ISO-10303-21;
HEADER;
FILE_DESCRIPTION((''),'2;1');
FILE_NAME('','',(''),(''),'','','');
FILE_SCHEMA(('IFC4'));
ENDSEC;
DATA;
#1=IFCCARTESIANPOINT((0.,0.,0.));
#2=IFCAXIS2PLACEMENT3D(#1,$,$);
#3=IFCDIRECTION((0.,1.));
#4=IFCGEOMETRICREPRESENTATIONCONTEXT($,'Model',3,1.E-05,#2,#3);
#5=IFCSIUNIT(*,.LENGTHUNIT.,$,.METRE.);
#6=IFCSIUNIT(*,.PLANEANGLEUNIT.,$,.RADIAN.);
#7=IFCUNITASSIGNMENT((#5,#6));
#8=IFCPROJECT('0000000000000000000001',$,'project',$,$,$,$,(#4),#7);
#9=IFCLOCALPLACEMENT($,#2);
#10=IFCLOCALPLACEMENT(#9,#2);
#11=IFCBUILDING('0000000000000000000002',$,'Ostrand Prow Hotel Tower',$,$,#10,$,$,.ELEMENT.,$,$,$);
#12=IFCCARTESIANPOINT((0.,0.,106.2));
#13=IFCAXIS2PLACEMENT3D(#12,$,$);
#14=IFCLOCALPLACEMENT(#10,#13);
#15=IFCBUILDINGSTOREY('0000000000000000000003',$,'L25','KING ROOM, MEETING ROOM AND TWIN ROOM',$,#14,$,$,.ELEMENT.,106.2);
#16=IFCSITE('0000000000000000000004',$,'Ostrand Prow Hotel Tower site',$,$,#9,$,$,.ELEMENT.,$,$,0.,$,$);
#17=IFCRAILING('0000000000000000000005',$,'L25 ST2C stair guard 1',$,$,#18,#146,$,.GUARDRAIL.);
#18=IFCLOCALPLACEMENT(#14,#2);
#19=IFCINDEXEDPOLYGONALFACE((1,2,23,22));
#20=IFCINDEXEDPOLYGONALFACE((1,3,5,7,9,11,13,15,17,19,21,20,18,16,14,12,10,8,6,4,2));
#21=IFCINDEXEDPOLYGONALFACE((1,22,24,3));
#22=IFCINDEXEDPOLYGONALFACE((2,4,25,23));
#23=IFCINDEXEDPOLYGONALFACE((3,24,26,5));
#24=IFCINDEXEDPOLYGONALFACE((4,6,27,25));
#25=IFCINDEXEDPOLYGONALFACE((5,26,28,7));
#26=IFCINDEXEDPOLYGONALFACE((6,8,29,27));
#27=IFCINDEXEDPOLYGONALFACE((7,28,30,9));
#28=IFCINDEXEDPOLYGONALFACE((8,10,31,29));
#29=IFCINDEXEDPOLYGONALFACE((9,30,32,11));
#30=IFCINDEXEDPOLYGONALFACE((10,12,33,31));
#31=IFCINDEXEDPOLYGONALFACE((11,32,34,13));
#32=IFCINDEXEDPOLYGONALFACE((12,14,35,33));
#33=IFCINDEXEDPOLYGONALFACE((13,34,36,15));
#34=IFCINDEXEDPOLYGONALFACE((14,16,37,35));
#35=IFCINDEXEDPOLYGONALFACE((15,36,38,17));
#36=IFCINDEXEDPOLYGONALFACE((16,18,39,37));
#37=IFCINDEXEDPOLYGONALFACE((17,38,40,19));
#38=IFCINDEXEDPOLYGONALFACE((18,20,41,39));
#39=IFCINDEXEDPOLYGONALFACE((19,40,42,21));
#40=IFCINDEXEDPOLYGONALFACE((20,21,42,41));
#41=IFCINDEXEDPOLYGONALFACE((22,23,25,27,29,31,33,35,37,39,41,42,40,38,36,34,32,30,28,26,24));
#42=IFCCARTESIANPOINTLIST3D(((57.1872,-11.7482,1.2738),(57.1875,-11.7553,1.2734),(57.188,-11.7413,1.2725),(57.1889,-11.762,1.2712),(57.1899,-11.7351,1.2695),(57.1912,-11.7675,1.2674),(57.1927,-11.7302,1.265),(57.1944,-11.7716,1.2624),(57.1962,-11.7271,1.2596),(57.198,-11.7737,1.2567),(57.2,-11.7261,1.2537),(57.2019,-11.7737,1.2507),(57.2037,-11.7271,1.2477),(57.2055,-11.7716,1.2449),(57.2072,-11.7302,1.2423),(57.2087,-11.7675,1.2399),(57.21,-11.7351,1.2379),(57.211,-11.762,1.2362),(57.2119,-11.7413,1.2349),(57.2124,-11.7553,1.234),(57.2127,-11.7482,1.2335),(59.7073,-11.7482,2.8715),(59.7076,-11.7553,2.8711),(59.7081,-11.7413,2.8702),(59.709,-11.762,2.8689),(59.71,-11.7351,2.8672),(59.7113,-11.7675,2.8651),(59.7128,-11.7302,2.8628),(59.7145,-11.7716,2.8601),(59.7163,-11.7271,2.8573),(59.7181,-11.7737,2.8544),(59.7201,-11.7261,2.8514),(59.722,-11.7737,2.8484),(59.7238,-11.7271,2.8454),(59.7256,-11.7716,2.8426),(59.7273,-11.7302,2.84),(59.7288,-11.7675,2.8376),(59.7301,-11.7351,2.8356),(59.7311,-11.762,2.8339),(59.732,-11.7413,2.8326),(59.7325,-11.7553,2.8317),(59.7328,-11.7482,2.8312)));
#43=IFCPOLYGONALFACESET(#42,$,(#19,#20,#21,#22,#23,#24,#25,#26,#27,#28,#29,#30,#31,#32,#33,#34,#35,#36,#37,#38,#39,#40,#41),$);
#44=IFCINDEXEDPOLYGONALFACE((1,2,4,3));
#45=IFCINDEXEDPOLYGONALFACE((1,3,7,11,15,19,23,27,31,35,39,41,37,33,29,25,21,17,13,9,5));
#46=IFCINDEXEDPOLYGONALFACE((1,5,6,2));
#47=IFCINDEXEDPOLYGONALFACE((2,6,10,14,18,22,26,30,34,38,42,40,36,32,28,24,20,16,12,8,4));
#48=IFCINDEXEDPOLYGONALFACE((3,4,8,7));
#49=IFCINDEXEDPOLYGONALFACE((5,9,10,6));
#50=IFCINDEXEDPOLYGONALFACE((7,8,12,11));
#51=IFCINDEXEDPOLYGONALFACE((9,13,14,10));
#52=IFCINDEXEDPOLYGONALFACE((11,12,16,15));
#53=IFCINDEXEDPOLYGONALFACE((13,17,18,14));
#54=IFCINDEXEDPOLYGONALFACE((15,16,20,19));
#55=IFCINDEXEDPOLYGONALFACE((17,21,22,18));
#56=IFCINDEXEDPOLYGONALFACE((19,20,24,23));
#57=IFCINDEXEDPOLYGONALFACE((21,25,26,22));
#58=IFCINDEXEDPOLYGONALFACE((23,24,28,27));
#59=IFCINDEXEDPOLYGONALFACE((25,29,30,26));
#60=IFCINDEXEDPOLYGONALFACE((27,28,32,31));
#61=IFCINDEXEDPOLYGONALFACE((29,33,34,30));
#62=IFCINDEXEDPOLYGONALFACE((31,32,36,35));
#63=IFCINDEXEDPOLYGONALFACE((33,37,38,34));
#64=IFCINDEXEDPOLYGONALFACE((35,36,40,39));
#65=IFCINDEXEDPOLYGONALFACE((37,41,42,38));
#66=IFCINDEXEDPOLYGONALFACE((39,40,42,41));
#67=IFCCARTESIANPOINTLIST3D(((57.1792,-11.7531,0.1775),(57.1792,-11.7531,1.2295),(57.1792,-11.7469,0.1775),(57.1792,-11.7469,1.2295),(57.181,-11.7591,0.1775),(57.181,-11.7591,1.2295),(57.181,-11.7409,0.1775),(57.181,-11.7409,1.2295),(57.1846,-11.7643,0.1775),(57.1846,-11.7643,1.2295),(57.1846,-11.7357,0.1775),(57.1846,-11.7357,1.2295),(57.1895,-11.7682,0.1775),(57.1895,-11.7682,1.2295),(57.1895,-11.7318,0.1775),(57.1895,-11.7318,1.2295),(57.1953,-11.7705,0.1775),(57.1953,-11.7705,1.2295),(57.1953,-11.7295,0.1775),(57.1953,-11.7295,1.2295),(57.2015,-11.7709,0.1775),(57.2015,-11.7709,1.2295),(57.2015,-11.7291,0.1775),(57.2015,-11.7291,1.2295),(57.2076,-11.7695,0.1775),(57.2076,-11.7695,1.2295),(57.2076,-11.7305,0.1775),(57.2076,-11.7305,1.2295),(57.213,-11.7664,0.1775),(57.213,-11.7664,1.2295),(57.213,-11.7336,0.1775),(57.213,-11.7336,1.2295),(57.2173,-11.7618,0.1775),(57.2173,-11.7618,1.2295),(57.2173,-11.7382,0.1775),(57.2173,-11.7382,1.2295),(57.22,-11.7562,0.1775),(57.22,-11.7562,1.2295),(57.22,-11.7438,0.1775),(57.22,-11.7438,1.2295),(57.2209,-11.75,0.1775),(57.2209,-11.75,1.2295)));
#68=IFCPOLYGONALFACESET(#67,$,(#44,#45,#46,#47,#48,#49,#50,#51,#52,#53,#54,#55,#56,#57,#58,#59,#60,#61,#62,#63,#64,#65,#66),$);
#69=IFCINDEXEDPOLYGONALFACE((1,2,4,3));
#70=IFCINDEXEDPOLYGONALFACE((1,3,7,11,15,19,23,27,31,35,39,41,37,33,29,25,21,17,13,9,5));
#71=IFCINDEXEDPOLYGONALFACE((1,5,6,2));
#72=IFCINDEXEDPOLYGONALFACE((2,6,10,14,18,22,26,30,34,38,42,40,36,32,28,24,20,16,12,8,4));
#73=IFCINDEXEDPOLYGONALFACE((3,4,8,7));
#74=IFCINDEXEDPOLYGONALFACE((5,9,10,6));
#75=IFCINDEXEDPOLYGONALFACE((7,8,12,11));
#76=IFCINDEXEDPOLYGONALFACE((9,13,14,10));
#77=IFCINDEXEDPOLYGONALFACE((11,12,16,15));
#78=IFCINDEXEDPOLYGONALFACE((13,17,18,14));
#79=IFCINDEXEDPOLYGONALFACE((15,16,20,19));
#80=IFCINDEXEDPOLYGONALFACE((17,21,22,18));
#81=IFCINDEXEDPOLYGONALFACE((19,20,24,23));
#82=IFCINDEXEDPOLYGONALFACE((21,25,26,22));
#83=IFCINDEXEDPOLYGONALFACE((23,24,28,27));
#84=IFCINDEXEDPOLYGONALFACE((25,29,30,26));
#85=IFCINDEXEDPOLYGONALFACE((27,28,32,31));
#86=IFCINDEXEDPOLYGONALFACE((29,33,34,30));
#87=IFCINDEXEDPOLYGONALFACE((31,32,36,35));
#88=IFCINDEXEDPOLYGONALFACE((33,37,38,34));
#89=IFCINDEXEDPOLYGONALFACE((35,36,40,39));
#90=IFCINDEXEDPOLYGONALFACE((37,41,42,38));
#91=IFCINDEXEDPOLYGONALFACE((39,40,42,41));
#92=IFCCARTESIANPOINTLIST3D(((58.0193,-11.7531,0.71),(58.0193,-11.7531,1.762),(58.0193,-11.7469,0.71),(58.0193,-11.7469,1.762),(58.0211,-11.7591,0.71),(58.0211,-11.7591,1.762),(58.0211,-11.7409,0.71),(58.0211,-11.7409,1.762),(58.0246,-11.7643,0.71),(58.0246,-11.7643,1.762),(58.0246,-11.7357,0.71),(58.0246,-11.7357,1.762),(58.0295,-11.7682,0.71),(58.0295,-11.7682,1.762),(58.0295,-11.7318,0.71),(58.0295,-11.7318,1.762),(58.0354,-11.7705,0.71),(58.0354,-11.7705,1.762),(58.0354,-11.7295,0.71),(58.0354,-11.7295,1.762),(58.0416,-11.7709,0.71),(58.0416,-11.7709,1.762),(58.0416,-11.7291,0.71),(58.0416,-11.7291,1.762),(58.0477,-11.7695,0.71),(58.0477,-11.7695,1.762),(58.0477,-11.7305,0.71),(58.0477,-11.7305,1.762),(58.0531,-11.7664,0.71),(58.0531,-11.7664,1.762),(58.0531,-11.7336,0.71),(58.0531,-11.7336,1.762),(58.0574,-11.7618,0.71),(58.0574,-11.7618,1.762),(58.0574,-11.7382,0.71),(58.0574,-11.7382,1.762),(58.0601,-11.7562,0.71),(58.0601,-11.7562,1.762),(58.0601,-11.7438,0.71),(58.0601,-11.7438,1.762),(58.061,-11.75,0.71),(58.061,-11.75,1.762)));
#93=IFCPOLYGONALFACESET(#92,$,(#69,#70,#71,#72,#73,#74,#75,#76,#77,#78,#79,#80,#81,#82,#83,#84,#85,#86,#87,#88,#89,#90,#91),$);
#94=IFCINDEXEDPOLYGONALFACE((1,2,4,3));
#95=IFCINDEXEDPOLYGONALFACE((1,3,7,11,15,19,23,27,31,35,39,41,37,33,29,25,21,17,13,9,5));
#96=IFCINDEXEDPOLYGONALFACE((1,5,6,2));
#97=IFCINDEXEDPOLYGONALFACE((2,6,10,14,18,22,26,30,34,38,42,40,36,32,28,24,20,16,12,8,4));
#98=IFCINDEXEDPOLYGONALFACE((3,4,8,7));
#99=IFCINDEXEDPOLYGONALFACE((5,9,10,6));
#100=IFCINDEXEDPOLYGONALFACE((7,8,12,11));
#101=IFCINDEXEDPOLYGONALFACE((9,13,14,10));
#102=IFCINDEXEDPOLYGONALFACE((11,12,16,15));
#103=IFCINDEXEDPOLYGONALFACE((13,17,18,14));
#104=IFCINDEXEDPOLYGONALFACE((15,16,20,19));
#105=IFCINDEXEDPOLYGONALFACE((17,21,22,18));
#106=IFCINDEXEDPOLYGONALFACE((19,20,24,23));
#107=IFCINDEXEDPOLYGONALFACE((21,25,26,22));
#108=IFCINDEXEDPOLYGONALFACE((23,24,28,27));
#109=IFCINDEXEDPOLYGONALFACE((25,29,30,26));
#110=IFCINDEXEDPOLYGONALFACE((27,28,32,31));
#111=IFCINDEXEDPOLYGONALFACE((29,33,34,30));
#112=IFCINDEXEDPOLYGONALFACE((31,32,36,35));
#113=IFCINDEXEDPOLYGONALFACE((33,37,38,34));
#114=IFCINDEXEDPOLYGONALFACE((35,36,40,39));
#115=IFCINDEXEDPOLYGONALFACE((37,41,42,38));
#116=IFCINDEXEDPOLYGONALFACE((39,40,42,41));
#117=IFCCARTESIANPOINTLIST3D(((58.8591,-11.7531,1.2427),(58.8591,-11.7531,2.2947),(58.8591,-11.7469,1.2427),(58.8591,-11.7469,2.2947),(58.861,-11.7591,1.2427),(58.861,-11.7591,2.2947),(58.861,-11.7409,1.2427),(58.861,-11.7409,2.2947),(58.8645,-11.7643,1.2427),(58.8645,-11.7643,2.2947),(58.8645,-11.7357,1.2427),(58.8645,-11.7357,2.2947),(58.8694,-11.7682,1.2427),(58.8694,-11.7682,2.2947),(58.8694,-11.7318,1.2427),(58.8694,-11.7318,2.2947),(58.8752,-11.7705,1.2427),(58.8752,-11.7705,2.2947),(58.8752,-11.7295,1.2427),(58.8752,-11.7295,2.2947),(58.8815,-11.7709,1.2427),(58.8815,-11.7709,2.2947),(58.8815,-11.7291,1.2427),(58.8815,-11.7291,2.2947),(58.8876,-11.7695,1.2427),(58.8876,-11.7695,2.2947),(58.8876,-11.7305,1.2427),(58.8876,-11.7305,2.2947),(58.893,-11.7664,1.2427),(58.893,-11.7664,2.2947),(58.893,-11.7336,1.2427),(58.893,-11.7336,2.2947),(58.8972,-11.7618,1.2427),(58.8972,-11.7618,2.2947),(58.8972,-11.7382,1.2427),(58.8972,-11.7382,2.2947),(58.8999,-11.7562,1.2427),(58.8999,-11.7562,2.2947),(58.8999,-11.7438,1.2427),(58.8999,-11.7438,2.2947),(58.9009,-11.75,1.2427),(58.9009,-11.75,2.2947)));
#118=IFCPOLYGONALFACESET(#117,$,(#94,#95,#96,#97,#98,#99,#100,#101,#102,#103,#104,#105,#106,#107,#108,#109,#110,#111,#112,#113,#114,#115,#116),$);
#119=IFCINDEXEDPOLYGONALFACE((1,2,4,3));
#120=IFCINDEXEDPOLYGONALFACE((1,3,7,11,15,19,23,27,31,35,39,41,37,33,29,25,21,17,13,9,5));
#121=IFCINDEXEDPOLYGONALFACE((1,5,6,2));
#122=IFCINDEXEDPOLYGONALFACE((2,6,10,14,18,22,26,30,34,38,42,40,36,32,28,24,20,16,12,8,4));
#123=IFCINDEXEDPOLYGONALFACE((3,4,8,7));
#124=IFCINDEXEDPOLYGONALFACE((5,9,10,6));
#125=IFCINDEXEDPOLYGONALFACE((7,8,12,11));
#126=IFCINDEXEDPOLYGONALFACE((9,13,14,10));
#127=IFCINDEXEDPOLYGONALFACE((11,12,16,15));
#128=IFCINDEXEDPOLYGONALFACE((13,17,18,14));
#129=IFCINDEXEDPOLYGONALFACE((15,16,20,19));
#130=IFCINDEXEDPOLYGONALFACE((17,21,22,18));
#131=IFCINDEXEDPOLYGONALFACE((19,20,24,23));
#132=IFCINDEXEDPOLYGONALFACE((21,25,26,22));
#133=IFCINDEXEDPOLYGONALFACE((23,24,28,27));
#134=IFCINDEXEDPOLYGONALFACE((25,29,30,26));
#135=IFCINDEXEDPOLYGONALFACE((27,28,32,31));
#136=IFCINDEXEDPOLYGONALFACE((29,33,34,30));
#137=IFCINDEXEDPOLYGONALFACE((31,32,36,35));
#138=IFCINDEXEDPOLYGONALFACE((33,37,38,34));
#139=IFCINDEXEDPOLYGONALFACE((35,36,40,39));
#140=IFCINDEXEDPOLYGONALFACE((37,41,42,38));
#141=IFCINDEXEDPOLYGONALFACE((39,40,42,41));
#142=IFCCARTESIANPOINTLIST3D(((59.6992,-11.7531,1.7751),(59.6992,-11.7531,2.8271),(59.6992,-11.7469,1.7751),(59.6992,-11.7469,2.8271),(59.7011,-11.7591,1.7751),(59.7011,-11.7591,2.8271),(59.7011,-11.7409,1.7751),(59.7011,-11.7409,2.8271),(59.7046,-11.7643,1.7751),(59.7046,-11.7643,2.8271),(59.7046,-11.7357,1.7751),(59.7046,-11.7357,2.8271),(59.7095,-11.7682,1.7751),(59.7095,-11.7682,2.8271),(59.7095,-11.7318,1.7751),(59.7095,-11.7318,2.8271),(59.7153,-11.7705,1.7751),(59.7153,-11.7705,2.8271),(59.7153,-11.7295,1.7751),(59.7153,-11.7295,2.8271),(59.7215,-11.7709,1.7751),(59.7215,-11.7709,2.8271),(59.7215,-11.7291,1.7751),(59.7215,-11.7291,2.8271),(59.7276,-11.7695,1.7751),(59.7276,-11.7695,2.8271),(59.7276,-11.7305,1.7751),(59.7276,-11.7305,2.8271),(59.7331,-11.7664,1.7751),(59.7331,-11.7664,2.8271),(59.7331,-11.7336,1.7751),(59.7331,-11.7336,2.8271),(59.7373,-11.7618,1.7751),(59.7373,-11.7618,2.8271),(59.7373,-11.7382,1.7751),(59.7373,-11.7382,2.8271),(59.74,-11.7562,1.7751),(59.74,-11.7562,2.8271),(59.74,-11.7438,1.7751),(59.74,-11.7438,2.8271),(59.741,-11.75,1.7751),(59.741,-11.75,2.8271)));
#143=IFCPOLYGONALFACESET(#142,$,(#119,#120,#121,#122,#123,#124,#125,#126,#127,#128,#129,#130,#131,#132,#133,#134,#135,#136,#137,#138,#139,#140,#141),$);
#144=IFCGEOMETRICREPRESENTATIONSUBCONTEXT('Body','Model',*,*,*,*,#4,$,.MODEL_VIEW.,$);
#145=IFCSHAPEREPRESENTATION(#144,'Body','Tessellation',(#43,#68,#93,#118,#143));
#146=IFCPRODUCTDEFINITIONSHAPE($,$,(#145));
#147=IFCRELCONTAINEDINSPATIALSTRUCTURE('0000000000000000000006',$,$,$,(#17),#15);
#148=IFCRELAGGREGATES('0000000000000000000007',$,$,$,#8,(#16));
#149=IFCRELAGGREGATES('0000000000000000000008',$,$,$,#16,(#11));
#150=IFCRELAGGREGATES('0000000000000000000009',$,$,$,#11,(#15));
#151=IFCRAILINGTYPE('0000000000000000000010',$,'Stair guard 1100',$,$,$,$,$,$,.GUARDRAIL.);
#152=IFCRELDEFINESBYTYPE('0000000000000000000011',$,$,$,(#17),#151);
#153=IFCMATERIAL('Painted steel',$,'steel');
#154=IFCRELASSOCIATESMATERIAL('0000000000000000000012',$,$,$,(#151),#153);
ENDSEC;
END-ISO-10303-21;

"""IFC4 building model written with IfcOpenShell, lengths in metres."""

from ifc_helpers import new_model, si_unit, direction, frame, origin, origin_2d, place, context, subcontext, project, spatial, circle, extrude, material, type_object, element, save


model = new_model("IFC4")

# Units and contexts
model_context = context("Model", 3, precision=1e-05, world=origin(), true_north=direction((0.0, 1.0)))
body_context = subcontext(model_context, "Body", "Model", "MODEL_VIEW")
ifc_project = project(units=[si_unit("LENGTHUNIT", "METRE"), si_unit("PLANEANGLEUNIT", "RADIAN")], contexts=[model_context])

# Site, building, storey
site_placement = place(None, origin())
site = spatial("IfcSite", under=ifc_project, at=site_placement, Name="Ostrand Prow Hotel Tower site", CompositionType="ELEMENT", RefElevation=0.0)
building_placement = place(site_placement, origin())
building = spatial("IfcBuilding", under=site, at=building_placement, Name="Ostrand Prow Hotel Tower", CompositionType="ELEMENT")
storey_placement = place(building_placement, frame((0.0, 0.0, 106.2)))
storey = spatial("IfcBuildingStorey", under=building, at=storey_placement, Name="L25", Description="KING ROOM, MEETING ROOM AND TWIN ROOM", CompositionType="ELEMENT", Elevation=106.2)

# Railing
ifc_material_1 = material(Name="Painted steel", Category="steel")
railing_type_1 = type_object("IfcRailingType", Name="Stair guard 1100", PredefinedType="GUARDRAIL", material=ifc_material_1)
railing_1_placement = place(storey_placement, frame((57.2, -11.75, 0.1775)))
element("IfcRailing", 1, at=railing_1_placement, inside=storey, type_object=railing_type_1, Name="L25 ST2C stair guard 1", PredefinedType="GUARDRAIL", context=body_context, shape_type="SweptSolid", body=[
    extrude(circle(Radius=0.0239, at=origin_2d()), frame((0.0, 0.0, 1.0762), z_axis=(0.84457, 0.0, 0.535445), x_axis=(0.0, 1.0, 0.0)), (0.0, 0.0, 1.0), 2.9839),
    extrude(circle(Radius=0.021, at=origin_2d()), origin(), (0.0, 0.0, 1.0), 1.052),
    extrude(circle(Radius=0.021, at=origin_2d()), frame((0.8401, 0.0, 0.5325)), (0.0, 0.0, 1.0), 1.052),
    extrude(circle(Radius=0.021, at=origin_2d()), frame((1.6799, 0.0, 1.0652)), (0.0, 0.0, 1.0), 1.052),
    extrude(circle(Radius=0.021, at=origin_2d()), frame((2.52, 0.0, 1.5977)), (0.0, 0.0, 1.0), 1.052),
])

save(model, "model.ifc")
